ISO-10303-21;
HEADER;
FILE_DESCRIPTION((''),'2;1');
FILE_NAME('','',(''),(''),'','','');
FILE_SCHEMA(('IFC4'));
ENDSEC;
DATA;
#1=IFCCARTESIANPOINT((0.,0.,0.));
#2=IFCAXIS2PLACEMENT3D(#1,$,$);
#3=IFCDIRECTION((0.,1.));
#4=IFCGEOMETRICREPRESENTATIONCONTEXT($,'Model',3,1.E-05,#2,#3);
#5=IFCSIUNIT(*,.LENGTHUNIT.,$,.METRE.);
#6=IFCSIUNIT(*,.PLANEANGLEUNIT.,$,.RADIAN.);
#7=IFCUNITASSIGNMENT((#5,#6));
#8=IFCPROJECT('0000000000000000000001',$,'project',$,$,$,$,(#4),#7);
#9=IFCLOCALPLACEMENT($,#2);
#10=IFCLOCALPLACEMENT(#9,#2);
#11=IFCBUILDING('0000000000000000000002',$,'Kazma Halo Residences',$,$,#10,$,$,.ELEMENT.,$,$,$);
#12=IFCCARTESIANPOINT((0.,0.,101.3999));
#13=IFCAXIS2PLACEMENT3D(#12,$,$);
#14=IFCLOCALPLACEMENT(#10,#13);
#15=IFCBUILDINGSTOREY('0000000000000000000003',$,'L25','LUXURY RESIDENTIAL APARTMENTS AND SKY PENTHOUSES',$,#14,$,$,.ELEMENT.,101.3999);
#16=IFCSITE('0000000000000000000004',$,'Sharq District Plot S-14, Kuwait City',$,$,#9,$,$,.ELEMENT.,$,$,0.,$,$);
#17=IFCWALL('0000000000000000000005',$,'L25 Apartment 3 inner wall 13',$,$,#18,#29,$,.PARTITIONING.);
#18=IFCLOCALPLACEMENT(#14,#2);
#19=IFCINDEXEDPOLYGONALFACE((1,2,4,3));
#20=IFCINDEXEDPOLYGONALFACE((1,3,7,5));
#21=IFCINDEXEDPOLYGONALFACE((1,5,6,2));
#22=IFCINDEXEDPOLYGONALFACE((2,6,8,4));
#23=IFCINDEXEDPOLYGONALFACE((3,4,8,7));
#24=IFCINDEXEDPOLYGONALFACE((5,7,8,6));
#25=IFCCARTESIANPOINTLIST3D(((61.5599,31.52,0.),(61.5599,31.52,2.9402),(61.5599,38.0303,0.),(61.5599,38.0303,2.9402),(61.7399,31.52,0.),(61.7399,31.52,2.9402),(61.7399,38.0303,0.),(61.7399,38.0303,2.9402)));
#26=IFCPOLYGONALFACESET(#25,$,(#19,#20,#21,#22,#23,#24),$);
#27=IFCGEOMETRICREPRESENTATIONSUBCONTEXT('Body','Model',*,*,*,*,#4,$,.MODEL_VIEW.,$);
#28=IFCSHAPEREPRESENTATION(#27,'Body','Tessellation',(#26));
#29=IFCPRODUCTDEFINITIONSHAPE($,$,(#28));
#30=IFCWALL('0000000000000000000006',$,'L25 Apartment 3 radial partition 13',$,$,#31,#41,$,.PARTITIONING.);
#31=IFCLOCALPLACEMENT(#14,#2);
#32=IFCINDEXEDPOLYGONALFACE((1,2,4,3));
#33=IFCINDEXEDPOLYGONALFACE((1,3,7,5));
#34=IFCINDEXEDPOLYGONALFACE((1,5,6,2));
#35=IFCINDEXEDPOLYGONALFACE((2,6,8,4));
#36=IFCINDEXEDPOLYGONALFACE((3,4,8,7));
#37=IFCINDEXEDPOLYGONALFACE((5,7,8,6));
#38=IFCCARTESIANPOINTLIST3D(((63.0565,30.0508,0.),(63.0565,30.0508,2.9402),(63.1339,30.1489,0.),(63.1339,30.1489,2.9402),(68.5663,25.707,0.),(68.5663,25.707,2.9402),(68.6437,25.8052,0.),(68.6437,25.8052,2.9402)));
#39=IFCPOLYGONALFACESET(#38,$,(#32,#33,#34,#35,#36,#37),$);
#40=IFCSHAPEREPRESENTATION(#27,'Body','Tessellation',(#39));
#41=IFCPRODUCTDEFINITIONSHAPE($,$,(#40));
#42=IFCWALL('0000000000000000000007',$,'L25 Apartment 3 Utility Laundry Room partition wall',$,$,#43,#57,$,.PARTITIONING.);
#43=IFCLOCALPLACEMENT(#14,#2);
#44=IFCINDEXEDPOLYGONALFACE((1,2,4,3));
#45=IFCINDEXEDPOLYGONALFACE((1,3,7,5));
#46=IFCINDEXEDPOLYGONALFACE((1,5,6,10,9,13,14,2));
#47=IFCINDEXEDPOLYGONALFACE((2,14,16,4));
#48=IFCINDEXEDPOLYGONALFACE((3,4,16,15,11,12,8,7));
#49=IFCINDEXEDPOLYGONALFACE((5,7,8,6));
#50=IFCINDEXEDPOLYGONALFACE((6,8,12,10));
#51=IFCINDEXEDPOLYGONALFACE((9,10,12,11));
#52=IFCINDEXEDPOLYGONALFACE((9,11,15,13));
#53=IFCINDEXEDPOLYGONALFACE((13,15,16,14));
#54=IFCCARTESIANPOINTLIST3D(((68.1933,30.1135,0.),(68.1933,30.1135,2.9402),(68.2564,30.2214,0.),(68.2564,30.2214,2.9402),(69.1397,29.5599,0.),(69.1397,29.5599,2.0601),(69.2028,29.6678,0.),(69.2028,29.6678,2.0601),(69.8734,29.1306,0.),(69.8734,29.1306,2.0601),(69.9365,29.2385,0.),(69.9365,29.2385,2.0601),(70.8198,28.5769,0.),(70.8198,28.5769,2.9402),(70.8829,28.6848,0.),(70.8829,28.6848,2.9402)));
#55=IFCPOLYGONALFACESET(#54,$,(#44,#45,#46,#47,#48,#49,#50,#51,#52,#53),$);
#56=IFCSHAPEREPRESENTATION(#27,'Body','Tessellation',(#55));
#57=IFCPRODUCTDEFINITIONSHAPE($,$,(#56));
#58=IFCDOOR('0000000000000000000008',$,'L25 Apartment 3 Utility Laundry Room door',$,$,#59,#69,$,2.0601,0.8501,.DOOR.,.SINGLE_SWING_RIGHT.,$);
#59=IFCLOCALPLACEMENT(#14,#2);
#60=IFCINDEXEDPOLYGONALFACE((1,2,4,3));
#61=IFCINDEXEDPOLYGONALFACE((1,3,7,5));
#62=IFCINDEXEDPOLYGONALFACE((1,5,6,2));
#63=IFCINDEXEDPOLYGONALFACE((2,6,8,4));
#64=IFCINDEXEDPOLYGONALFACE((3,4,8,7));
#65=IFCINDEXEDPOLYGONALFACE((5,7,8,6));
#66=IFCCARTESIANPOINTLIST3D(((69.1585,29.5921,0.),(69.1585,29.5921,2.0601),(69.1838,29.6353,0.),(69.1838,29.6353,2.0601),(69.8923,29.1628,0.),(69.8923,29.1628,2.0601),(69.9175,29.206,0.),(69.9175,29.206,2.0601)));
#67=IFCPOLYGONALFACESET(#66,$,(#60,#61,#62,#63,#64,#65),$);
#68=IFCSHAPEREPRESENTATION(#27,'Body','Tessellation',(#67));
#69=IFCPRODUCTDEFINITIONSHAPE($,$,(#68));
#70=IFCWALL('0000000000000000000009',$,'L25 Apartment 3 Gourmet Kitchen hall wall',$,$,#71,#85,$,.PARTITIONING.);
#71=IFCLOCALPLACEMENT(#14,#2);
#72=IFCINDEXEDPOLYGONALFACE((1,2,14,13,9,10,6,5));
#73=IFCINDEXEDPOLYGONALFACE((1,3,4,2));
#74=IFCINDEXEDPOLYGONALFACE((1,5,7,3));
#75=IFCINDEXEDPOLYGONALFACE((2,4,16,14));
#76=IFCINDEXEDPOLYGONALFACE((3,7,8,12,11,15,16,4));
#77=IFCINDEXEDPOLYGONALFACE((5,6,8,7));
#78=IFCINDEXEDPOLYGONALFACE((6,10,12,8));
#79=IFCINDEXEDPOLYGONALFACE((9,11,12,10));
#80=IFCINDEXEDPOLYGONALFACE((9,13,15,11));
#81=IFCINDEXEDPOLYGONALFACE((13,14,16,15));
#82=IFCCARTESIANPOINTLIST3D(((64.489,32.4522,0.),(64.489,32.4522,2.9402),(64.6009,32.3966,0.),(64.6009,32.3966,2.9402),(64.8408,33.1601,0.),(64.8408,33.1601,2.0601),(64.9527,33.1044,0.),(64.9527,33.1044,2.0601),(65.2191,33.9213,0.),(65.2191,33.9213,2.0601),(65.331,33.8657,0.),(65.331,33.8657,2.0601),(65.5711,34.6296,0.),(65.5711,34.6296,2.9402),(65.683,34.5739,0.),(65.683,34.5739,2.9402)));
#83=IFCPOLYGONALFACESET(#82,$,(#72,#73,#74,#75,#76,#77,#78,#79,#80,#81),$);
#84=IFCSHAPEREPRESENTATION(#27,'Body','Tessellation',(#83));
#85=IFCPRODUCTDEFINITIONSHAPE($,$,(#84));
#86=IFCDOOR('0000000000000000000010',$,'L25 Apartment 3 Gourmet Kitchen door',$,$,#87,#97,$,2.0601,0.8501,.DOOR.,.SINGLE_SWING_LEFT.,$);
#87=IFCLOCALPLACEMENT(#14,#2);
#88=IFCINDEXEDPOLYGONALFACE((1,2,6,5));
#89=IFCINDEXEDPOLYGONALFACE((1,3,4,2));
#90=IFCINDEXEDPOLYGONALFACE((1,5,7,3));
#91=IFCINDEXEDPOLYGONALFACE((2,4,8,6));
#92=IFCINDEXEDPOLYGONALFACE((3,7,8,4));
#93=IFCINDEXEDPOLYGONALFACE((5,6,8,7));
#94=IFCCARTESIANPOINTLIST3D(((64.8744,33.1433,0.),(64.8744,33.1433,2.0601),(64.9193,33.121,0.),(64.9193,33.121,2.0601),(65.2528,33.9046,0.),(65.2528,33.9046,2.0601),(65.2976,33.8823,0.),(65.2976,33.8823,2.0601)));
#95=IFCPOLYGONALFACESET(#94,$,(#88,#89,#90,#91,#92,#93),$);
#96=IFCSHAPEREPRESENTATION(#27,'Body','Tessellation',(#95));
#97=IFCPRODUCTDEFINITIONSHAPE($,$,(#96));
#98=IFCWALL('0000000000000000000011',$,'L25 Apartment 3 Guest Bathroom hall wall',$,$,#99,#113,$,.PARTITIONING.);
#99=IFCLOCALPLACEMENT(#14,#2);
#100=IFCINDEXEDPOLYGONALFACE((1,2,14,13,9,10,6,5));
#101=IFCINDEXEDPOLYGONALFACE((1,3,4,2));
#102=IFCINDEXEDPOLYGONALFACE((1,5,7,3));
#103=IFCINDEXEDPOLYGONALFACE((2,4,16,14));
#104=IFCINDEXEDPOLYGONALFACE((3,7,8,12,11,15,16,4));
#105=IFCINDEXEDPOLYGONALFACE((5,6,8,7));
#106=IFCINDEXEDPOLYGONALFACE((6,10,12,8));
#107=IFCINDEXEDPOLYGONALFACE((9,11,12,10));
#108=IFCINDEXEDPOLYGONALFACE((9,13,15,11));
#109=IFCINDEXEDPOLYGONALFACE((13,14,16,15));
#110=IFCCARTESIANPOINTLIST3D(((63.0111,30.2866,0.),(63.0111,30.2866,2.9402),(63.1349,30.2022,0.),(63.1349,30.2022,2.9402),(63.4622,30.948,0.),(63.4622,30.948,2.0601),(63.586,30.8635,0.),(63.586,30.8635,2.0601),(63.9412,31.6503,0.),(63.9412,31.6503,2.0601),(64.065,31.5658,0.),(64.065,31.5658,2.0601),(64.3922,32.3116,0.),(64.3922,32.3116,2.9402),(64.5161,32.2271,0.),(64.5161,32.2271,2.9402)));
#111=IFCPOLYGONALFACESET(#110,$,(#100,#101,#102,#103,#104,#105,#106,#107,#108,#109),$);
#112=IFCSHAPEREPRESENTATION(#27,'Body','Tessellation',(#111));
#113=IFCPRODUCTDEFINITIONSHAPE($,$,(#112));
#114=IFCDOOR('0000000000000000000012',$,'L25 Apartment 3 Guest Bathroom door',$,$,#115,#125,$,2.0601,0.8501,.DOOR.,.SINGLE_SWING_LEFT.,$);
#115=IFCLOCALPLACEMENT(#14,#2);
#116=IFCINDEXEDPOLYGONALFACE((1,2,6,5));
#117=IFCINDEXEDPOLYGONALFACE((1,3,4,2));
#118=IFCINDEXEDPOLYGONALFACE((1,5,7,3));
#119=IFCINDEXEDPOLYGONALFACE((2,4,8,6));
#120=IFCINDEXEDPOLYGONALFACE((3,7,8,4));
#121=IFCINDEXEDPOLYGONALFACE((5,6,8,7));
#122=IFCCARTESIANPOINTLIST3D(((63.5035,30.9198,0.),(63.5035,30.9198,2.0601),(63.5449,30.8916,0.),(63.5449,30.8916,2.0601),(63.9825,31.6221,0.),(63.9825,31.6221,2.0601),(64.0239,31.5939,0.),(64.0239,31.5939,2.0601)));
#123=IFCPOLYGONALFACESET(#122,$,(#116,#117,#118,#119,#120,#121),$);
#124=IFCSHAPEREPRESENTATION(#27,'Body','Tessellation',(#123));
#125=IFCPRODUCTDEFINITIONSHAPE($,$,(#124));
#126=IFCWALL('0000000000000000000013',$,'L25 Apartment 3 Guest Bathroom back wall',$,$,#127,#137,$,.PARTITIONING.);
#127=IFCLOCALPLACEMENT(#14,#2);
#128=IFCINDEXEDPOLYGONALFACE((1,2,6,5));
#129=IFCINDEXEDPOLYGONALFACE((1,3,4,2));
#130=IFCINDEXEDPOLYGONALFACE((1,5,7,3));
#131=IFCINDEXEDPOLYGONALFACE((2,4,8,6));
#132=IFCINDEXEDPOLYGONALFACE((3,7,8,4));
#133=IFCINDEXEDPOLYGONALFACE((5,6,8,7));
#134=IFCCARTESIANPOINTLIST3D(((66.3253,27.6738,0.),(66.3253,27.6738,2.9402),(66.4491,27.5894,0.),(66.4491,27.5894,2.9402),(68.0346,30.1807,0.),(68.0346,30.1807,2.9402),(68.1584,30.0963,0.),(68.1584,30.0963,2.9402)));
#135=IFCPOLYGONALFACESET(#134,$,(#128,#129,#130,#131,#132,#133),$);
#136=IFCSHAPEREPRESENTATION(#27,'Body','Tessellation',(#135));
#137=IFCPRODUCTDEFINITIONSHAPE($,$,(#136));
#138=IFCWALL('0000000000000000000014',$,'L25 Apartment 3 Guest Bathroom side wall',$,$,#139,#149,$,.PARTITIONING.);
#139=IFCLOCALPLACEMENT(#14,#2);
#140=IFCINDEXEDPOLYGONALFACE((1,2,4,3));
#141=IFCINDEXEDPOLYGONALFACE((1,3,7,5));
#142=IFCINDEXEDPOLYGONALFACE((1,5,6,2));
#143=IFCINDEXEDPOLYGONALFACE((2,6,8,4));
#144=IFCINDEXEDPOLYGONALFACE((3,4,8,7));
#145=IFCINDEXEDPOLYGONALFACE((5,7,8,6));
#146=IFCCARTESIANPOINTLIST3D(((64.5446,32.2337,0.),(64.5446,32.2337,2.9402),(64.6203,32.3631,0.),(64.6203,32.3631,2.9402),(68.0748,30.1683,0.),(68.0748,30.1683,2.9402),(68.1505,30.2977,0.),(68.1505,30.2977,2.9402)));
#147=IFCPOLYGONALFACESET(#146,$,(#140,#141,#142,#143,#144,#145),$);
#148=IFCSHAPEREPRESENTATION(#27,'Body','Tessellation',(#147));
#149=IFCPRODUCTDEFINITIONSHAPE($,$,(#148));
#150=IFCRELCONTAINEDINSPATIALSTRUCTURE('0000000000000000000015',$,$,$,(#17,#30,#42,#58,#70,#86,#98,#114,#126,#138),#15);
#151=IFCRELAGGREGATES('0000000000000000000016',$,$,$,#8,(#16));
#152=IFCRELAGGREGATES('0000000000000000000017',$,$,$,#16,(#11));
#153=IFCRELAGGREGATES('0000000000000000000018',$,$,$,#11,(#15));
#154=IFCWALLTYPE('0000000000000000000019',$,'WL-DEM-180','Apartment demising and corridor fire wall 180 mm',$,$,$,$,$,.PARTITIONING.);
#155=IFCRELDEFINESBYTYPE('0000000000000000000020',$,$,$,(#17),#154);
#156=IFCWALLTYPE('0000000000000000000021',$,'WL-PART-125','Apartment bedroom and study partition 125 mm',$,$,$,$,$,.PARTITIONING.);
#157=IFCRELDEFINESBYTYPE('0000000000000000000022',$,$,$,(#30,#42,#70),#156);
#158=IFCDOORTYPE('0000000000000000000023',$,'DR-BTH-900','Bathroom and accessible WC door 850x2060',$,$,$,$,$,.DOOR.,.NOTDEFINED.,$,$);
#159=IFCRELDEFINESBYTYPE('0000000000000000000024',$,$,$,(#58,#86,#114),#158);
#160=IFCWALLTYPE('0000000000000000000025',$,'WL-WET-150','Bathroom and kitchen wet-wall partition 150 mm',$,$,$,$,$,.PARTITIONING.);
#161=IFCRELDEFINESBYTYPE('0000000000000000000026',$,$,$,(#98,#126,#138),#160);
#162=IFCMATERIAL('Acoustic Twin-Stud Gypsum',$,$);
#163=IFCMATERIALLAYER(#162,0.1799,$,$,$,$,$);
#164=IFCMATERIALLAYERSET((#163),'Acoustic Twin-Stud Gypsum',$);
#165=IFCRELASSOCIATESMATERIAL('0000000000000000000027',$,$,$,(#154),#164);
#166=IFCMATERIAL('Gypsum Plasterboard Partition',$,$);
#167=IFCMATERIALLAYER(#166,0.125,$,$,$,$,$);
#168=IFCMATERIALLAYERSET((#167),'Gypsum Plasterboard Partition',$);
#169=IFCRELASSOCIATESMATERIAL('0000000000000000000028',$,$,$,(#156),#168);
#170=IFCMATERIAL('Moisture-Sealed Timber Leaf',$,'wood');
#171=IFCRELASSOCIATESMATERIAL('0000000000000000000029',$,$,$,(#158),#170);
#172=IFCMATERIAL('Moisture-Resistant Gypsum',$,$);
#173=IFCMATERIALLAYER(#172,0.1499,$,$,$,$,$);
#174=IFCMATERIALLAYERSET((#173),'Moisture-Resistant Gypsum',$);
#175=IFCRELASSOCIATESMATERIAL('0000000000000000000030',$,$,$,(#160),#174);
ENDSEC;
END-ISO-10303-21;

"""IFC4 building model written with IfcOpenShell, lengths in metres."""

from ifc_helpers import new_model, si_unit, direction, frame, frame_2d, origin, place, context, subcontext, project, spatial, rectangle, extrude, material, layer, layer_set, type_object, element, fill, save


model = new_model("IFC4")

# Units and contexts
model_context = context("Model", 3, precision=1e-05, world=origin(), true_north=direction((0.0, 1.0)))
body_context = subcontext(model_context, "Body", "Model", "MODEL_VIEW")
ifc_project = project(units=[si_unit("LENGTHUNIT", "METRE"), si_unit("PLANEANGLEUNIT", "RADIAN")], contexts=[model_context])

# Site, building, storey
site_placement = place(None, origin())
site = spatial("IfcSite", under=ifc_project, at=site_placement, Name="Sharq District Plot S-14, Kuwait City", CompositionType="ELEMENT", RefElevation=0.0)
building_placement = place(site_placement, origin())
building = spatial("IfcBuilding", under=site, at=building_placement, Name="Kazma Halo Residences", CompositionType="ELEMENT")
storey_placement = place(building_placement, frame((0.0, 0.0, 101.3999)))
storey = spatial("IfcBuildingStorey", under=building, at=storey_placement, Name="L25", Description="LUXURY RESIDENTIAL APARTMENTS AND SKY PENTHOUSES", CompositionType="ELEMENT", Elevation=101.3999)

# Wall
ifc_material_1 = material(Name="Acoustic Twin-Stud Gypsum")
ifc_layer_1 = layer(ifc_material_1, 0.1799)
ifc_layer_set_1 = layer_set([ifc_layer_1], Name="Acoustic Twin-Stud Gypsum")
wall_type_1 = type_object("IfcWallType", Name="WL-DEM-180", Description="Apartment demising and corridor fire wall 180 mm", PredefinedType="PARTITIONING", material=ifc_layer_set_1)
wall_1_placement = place(storey_placement, frame((61.6499, 31.52, 0.0), z_axis=(0.0, 0.0, 1.0), x_axis=(0.0, 1.0, 0.0)))
element("IfcWall", 1, at=wall_1_placement, inside=storey, type_object=wall_type_1, Name="L25 Apartment 3 inner wall 13", PredefinedType="PARTITIONING", context=body_context, shape_type="SweptSolid", body=[
    extrude(rectangle(XDim=6.5103, YDim=0.1799, at=frame_2d((3.2551, 0.0))), origin(), (0.0, 0.0, 1.0), 2.9402),
])

# Wall
ifc_material_2 = material(Name="Gypsum Plasterboard Partition")
ifc_layer_2 = layer(ifc_material_2, 0.125)
ifc_layer_set_2 = layer_set([ifc_layer_2], Name="Gypsum Plasterboard Partition")
wall_type_2 = type_object("IfcWallType", Name="WL-PART-125", Description="Apartment bedroom and study partition 125 mm", PredefinedType="PARTITIONING", material=ifc_layer_set_2)
wall_2_placement = place(storey_placement, frame((63.0952, 30.0999, 0.0), z_axis=(0.0, 0.0, 1.0), x_axis=(0.785303, -0.619112, 0.0)))
element("IfcWall", 2, at=wall_2_placement, inside=storey, type_object=wall_type_2, Name="L25 Apartment 3 radial partition 13", PredefinedType="PARTITIONING", context=body_context, shape_type="SweptSolid", body=[
    extrude(rectangle(XDim=7.0161, YDim=0.125, at=frame_2d((3.5081, 0.0))), origin(), (0.0, 0.0, 1.0), 2.9402),
])

# Walls, openings, doors
wall_3_placement = place(storey_placement, frame((68.2249, 30.1675, 0.0), z_axis=(0.0, 0.0, 1.0), x_axis=(0.863132, -0.504978, 0.0)))
wall_3 = element("IfcWall", 3, at=wall_3_placement, inside=storey, type_object=wall_type_2, Name="L25 Apartment 3 Utility Laundry Room partition wall", PredefinedType="PARTITIONING", context=body_context, shape_type="SweptSolid", body=[
    extrude(rectangle(XDim=3.043, YDim=0.125, at=frame_2d((1.5215, 0.0))), origin(), (0.0, 0.0, 1.0), 2.9402),
])
opening_1_placement = place(wall_3_placement, frame((1.0964, 0.0, 0.0)))
opening_1 = element("IfcOpeningElement", 4, at=opening_1_placement, cuts=wall_3, PredefinedType="OPENING", context=body_context, shape_type="SweptSolid", body=[
    extrude(rectangle(XDim=0.8501, YDim=2.0601, at=frame_2d((0.425, 1.03))), frame((0.0, 0.0725, 0.0), z_axis=(0.0, -1.0, 0.0), x_axis=(1.0, 0.0, 0.0)), (0.0, 0.0, 1.0), 0.145),
])
ifc_material_3 = material(Name="Moisture-Sealed Timber Leaf", Category="wood")
door_type_1 = type_object("IfcDoorType", Name="DR-BTH-900", Description="Bathroom and accessible WC door 850x2060", OperationType="NOTDEFINED", PredefinedType="DOOR", material=ifc_material_3)
door_1_placement = place(opening_1_placement, origin())
door_1 = element("IfcDoor", 5, at=door_1_placement, inside=storey, type_object=door_type_1, Name="L25 Apartment 3 Utility Laundry Room door", OperationType="SINGLE_SWING_RIGHT", OverallHeight=2.0601, OverallWidth=0.8501, PredefinedType="DOOR", context=body_context, shape_type="SweptSolid", body=[
    extrude(rectangle(XDim=0.8501, YDim=2.0601, at=frame_2d((0.425, 1.03))), frame((0.0, 0.0249, 0.0), z_axis=(0.0, -1.0, 0.0), x_axis=(1.0, 0.0, 0.0)), (0.0, 0.0, 1.0), 0.05),
])
fill(opening_1, door_1)
wall_4_placement = place(storey_placement, frame((64.5449, 32.4243, 0.0), z_axis=(0.0, 0.0, 1.0), x_axis=(0.445043, 0.895509, 0.0)))
wall_4 = element("IfcWall", 6, at=wall_4_placement, inside=storey, type_object=wall_type_2, Name="L25 Apartment 3 Gourmet Kitchen hall wall", PredefinedType="PARTITIONING", context=body_context, shape_type="SweptSolid", body=[
    extrude(rectangle(XDim=2.4314, YDim=0.125, at=frame_2d((1.2158, 0.0))), origin(), (0.0, 0.0, 1.0), 2.9402),
])
opening_2_placement = place(wall_4_placement, frame((0.7905, 0.0, 0.0)))
opening_2 = element("IfcOpeningElement", 7, at=opening_2_placement, cuts=wall_4, PredefinedType="OPENING", context=body_context, shape_type="SweptSolid", body=[
    extrude(rectangle(XDim=0.8501, YDim=2.0601, at=frame_2d((0.425, 1.03))), frame((0.0, 0.0725, 0.0), z_axis=(0.0, -1.0, 0.0), x_axis=(1.0, 0.0, 0.0)), (0.0, 0.0, 1.0), 0.145),
])
door_2_placement = place(opening_2_placement, origin())
door_2 = element("IfcDoor", 8, at=door_2_placement, inside=storey, type_object=door_type_1, Name="L25 Apartment 3 Gourmet Kitchen door", OperationType="SINGLE_SWING_LEFT", OverallHeight=2.0601, OverallWidth=0.8501, PredefinedType="DOOR", context=body_context, shape_type="SweptSolid", body=[
    extrude(rectangle(XDim=0.8501, YDim=2.0601, at=frame_2d((0.425, 1.03))), frame((0.0, 0.0249, 0.0), z_axis=(0.0, -1.0, 0.0), x_axis=(1.0, 0.0, 0.0)), (0.0, 0.0, 1.0), 0.05),
])
fill(opening_2, door_2)
ifc_material_4 = material(Name="Moisture-Resistant Gypsum")
ifc_layer_3 = layer(ifc_material_4, 0.1499)
ifc_layer_set_3 = layer_set([ifc_layer_3], Name="Moisture-Resistant Gypsum")
wall_type_3 = type_object("IfcWallType", Name="WL-WET-150", Description="Bathroom and kitchen wet-wall partition 150 mm", PredefinedType="PARTITIONING", material=ifc_layer_set_3)
wall_5_placement = place(storey_placement, frame((63.073, 30.2444, 0.0), z_axis=(0.0, 0.0, 1.0), x_axis=(0.563473, 0.826135, 0.0)))
wall_5 = element("IfcWall", 9, at=wall_5_placement, inside=storey, type_object=wall_type_3, Name="L25 Apartment 3 Guest Bathroom hall wall", PredefinedType="PARTITIONING", context=body_context, shape_type="SweptSolid", body=[
    extrude(rectangle(XDim=2.4512, YDim=0.1499, at=frame_2d((1.2256, 0.0))), origin(), (0.0, 0.0, 1.0), 2.9402),
])
opening_3_placement = place(wall_5_placement, frame((0.8005, 0.0, 0.0)))
opening_3 = element("IfcOpeningElement", 10, at=opening_3_placement, cuts=wall_5, PredefinedType="OPENING", context=body_context, shape_type="SweptSolid", body=[
    extrude(rectangle(XDim=0.8501, YDim=2.0601, at=frame_2d((0.425, 1.03))), frame((0.0, 0.085, 0.0), z_axis=(0.0, -1.0, 0.0), x_axis=(1.0, 0.0, 0.0)), (0.0, 0.0, 1.0), 0.1699),
])
door_3_placement = place(opening_3_placement, origin())
door_3 = element("IfcDoor", 11, at=door_3_placement, inside=storey, type_object=door_type_1, Name="L25 Apartment 3 Guest Bathroom door", OperationType="SINGLE_SWING_LEFT", OverallHeight=2.0601, OverallWidth=0.8501, PredefinedType="DOOR", context=body_context, shape_type="SweptSolid", body=[
    extrude(rectangle(XDim=0.8501, YDim=2.0601, at=frame_2d((0.425, 1.03))), frame((0.0, 0.0249, 0.0), z_axis=(0.0, -1.0, 0.0), x_axis=(1.0, 0.0, 0.0)), (0.0, 0.0, 1.0), 0.05),
])
fill(opening_3, door_3)

# Walls
wall_6_placement = place(storey_placement, frame((66.3872, 27.6316, 0.0), z_axis=(0.0, 0.0, 1.0), x_axis=(0.563342, 0.826224, 0.0)))
element("IfcWall", 12, at=wall_6_placement, inside=storey, type_object=wall_type_3, Name="L25 Apartment 3 Guest Bathroom back wall", PredefinedType="PARTITIONING", context=body_context, shape_type="SweptSolid", body=[
    extrude(rectangle(XDim=3.0342, YDim=0.1499, at=frame_2d((1.5171, 0.0))), origin(), (0.0, 0.0, 1.0), 2.9402),
])
wall_7_placement = place(storey_placement, frame((64.5825, 32.2983, 0.0), z_axis=(0.0, 0.0, 1.0), x_axis=(0.863129, -0.504984, 0.0)))
element("IfcWall", 13, at=wall_7_placement, inside=storey, type_object=wall_type_3, Name="L25 Apartment 3 Guest Bathroom side wall", PredefinedType="PARTITIONING", context=body_context, shape_type="SweptSolid", body=[
    extrude(rectangle(XDim=4.0901, YDim=0.1499, at=frame_2d((2.0449, 0.0))), origin(), (0.0, 0.0, 1.0), 2.9402),
])

save(model, "model.ifc")
